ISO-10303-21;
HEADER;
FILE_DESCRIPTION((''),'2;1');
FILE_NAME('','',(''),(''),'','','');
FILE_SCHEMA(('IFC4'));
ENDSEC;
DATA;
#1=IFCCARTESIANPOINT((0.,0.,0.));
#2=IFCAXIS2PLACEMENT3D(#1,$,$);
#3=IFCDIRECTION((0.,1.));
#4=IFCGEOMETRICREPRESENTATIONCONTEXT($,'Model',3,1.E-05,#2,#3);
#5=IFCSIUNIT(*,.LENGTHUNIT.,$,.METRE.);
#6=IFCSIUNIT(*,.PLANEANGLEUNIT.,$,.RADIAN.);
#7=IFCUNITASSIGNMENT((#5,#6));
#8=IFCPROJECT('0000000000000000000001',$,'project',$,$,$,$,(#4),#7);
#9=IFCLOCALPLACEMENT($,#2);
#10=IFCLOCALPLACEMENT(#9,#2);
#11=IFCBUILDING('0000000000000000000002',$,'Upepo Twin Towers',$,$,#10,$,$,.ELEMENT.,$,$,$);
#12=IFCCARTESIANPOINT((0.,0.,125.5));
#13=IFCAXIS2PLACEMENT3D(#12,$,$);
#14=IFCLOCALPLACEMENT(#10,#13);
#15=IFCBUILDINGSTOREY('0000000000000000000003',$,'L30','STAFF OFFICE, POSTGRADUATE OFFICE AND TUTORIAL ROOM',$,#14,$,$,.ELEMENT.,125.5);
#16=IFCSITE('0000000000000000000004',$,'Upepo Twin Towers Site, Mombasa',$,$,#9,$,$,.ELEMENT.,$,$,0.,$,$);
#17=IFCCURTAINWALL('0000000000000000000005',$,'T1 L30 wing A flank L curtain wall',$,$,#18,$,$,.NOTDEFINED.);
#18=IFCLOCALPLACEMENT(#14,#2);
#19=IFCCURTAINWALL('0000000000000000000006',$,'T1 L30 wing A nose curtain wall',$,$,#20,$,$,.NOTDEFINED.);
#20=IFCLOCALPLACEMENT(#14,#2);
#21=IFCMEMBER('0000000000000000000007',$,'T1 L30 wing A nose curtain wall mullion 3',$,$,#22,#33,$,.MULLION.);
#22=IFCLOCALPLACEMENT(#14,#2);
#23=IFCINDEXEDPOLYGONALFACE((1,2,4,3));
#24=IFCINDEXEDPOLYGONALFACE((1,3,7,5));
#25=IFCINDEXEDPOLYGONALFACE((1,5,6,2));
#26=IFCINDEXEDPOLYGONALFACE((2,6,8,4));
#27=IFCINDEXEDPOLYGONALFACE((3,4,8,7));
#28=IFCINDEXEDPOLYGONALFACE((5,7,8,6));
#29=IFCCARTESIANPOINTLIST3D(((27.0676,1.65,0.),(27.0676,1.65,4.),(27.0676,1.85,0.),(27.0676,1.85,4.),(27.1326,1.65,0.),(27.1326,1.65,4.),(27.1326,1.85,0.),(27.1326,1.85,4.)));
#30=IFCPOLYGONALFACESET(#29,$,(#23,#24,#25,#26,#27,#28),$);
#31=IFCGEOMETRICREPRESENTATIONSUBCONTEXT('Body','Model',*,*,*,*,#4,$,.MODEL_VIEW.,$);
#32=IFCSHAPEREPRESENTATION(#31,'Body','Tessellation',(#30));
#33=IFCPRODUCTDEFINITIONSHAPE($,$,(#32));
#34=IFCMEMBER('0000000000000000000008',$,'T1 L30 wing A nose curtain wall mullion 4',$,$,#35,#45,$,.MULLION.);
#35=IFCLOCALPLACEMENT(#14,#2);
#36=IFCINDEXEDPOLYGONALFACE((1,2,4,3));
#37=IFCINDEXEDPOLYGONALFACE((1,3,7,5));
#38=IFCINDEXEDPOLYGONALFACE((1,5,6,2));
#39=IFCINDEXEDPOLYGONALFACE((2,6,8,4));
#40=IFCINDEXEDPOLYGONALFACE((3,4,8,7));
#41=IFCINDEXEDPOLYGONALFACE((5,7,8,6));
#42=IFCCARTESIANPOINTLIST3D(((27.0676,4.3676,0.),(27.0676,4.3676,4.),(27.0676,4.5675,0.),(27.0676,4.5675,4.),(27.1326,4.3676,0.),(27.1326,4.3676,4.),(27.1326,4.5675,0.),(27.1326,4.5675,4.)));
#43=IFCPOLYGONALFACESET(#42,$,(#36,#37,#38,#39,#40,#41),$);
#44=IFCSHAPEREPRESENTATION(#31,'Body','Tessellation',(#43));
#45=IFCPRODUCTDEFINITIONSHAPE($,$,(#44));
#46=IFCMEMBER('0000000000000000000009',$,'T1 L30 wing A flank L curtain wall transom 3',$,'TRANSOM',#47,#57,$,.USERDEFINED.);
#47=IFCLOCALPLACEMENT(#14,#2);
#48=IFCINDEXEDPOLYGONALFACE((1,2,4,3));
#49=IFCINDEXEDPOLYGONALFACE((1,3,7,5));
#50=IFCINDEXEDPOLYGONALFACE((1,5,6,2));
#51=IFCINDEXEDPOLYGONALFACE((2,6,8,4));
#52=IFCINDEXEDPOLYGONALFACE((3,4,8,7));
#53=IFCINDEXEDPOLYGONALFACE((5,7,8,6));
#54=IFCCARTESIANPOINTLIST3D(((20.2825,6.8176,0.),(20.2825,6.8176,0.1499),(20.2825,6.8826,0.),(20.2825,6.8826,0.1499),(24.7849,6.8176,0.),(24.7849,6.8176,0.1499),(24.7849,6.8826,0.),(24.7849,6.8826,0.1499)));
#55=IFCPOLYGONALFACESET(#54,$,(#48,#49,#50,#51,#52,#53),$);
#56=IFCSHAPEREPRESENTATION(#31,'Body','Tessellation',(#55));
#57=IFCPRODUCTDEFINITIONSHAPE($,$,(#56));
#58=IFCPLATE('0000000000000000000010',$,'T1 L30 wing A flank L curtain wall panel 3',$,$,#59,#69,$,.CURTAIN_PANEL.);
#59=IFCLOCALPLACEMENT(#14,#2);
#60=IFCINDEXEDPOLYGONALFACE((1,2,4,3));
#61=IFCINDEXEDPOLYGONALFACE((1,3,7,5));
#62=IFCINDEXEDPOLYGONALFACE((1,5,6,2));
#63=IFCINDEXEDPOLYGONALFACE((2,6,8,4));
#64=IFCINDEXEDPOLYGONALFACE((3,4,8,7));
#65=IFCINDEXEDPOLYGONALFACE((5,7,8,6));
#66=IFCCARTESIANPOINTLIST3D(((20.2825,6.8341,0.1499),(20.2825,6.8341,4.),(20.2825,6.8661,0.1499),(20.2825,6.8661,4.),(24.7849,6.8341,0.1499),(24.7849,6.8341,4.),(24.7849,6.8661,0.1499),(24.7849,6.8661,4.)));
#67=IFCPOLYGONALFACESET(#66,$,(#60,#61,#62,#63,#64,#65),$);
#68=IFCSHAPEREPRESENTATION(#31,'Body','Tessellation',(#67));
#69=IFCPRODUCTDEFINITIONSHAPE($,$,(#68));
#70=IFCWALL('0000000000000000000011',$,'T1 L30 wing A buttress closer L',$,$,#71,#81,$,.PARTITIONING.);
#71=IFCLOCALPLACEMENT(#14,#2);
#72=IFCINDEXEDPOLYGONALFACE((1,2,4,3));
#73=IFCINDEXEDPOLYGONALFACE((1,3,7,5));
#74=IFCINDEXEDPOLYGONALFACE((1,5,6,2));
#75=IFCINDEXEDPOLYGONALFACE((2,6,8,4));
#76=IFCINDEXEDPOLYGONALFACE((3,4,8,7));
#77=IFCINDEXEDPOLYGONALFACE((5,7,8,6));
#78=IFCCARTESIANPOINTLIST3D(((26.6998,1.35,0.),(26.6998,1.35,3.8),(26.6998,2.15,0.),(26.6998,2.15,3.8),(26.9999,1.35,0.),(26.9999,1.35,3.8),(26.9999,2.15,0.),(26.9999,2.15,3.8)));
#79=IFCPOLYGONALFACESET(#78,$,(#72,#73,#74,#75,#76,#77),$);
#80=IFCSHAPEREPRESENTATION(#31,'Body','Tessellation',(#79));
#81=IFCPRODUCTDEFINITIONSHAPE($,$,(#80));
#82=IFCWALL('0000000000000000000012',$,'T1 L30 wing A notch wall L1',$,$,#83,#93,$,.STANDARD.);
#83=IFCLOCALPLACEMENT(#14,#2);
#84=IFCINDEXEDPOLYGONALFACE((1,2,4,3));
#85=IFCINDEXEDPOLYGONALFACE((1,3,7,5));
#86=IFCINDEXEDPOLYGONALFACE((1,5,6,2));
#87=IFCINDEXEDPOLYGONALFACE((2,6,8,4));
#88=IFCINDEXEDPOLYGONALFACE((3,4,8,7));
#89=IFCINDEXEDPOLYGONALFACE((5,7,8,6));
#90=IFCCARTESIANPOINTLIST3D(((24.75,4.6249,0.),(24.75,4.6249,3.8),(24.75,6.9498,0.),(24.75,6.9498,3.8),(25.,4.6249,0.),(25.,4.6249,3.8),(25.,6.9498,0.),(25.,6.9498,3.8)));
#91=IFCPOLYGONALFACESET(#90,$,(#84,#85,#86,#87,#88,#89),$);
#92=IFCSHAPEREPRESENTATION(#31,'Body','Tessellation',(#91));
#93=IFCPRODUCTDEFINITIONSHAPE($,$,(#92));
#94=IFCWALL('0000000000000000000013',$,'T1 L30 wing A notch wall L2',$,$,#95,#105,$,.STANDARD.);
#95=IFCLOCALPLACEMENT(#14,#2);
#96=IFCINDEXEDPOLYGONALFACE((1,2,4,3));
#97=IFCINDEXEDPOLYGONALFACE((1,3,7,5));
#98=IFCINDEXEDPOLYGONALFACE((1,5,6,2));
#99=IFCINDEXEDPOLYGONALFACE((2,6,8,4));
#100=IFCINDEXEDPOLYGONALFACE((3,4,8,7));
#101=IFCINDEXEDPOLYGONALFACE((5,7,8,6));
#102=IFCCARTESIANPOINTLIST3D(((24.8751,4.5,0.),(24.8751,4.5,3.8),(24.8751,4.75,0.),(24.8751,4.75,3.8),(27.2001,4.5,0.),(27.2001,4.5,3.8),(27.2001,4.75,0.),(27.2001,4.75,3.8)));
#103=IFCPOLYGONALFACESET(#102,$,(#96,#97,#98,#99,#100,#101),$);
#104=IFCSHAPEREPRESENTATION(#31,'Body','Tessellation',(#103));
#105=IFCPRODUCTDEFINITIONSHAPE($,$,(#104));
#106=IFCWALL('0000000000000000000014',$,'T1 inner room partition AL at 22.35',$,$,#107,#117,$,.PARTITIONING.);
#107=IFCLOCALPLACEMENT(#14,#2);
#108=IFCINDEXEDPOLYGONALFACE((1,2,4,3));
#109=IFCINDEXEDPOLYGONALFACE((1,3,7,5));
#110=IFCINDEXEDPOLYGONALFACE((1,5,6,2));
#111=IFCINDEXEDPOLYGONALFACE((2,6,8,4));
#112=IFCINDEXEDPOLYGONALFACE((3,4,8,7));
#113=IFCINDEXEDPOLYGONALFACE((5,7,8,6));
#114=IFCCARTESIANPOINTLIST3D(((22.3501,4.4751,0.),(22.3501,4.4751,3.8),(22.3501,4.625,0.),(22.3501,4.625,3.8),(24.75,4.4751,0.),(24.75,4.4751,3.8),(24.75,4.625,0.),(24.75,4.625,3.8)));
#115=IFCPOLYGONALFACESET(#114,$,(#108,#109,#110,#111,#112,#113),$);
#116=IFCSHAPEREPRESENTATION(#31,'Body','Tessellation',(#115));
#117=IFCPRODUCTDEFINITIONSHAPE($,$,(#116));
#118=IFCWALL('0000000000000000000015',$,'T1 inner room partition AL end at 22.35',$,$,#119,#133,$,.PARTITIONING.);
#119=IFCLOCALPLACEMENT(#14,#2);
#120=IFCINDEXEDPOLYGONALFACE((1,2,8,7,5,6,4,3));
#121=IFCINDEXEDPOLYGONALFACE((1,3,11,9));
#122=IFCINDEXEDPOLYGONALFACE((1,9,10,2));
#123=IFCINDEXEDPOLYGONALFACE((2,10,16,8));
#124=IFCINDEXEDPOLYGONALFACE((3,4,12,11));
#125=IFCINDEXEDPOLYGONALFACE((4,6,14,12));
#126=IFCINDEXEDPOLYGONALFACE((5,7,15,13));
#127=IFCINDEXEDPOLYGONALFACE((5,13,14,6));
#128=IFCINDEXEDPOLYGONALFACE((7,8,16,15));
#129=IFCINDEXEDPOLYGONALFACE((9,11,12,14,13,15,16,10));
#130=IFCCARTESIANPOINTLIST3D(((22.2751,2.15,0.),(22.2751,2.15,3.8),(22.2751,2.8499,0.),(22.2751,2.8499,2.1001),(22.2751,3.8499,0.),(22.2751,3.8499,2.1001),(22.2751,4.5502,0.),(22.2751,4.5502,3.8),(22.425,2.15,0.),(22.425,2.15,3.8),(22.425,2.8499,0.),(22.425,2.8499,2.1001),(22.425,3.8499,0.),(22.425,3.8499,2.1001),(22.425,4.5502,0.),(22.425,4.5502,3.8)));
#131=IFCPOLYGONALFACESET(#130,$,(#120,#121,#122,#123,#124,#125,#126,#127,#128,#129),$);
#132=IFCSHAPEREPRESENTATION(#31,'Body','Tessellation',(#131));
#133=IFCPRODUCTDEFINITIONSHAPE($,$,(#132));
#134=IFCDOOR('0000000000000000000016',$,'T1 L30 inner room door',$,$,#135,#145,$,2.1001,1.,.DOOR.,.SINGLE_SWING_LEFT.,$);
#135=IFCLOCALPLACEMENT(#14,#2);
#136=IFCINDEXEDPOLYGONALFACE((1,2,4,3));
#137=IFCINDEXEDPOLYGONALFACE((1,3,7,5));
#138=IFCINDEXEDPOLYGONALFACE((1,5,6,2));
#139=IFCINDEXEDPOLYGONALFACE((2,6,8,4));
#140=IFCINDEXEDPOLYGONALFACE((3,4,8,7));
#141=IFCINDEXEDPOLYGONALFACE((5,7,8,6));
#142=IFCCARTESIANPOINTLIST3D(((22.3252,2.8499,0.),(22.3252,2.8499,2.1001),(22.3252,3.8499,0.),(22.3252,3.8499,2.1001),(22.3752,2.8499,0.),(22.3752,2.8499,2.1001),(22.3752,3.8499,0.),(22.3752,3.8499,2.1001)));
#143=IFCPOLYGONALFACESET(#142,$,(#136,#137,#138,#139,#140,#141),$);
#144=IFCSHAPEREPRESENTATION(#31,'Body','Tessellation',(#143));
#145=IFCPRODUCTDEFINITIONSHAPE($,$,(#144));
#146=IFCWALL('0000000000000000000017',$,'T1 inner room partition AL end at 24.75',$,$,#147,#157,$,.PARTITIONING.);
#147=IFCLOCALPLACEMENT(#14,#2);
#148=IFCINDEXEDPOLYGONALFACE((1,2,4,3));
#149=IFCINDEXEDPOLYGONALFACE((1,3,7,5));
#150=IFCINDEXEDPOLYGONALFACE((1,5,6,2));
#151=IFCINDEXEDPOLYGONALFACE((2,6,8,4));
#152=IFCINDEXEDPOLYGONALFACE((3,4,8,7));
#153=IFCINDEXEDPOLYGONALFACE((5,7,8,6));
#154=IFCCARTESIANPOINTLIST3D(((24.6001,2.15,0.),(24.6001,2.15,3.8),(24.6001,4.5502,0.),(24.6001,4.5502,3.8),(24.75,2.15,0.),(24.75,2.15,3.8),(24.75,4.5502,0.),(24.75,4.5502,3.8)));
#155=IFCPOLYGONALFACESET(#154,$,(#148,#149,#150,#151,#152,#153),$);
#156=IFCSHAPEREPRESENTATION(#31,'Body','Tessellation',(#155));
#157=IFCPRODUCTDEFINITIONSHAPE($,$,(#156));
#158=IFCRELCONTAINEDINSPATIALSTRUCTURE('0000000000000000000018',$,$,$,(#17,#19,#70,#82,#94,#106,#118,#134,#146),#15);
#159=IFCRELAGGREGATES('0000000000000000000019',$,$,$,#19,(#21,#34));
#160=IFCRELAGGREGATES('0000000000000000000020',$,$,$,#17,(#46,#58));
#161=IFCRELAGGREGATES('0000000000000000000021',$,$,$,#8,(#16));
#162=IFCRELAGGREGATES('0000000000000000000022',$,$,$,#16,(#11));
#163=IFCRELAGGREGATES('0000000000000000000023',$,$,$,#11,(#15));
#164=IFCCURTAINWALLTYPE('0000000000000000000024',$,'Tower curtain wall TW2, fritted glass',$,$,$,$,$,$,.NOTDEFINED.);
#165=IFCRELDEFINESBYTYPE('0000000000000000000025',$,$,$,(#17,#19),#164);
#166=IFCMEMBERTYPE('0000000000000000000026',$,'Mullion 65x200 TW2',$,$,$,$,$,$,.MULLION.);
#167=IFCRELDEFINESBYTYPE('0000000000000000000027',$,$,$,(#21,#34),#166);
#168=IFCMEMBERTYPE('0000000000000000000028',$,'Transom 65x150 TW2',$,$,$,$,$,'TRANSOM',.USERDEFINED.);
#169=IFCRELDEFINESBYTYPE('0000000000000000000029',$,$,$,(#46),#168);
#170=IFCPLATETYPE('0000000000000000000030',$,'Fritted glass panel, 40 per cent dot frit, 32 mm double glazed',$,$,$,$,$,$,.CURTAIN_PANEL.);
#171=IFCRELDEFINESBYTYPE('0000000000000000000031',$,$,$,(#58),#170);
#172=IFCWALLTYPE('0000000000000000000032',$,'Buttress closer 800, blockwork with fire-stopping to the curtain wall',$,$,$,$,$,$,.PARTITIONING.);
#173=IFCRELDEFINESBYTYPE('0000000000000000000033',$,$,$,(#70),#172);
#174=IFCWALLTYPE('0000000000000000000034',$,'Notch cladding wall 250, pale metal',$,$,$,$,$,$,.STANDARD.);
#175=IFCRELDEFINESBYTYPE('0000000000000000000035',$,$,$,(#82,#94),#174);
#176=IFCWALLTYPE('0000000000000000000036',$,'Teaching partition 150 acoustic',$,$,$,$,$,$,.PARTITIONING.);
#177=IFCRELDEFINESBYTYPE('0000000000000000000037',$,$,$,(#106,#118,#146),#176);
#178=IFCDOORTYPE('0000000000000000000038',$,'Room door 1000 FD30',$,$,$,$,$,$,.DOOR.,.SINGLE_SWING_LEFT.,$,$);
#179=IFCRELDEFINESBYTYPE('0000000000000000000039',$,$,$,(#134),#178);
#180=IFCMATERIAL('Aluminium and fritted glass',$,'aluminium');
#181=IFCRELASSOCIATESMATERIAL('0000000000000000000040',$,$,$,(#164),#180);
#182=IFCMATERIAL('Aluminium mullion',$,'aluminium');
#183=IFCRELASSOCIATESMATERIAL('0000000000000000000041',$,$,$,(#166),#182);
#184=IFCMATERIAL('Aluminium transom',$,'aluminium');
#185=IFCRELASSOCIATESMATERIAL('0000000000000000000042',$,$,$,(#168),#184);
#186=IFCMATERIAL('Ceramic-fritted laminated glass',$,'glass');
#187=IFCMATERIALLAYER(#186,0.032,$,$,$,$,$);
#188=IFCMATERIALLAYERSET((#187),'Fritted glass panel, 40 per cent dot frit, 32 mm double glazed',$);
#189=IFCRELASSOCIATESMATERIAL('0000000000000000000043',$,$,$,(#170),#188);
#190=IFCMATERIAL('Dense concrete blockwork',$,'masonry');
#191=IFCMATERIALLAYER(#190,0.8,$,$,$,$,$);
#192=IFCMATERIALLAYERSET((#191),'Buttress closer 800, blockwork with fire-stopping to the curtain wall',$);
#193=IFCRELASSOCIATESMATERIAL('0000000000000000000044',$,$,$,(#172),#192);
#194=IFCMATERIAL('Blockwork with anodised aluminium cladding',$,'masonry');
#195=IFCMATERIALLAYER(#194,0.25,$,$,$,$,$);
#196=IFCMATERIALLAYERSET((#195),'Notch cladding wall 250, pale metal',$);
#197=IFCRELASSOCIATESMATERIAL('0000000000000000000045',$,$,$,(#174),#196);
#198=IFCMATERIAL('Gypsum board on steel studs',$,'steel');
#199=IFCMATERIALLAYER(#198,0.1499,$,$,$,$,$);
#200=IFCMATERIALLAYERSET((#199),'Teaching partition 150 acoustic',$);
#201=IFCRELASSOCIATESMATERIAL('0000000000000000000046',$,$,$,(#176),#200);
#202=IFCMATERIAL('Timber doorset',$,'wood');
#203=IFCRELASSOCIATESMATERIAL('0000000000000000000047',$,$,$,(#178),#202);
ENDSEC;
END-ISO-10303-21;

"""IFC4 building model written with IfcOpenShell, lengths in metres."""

from ifc_helpers import new_model, si_unit, direction, frame, frame_2d, origin, origin_2d, place, context, subcontext, project, spatial, rectangle, extrude, material, layer, layer_set, material_profile, profile_set, type_object, element, fill, aggregate, save


model = new_model("IFC4")

# Units and contexts
model_context = context("Model", 3, precision=1e-05, world=origin(), true_north=direction((0.0, 1.0)))
body_context = subcontext(model_context, "Body", "Model", "MODEL_VIEW")
ifc_project = project(units=[si_unit("LENGTHUNIT", "METRE"), si_unit("PLANEANGLEUNIT", "RADIAN")], contexts=[model_context])

# Site, building, storey
site_placement = place(None, origin())
site = spatial("IfcSite", under=ifc_project, at=site_placement, Name="Upepo Twin Towers Site, Mombasa", CompositionType="ELEMENT", RefElevation=0.0)
building_placement = place(site_placement, origin())
building = spatial("IfcBuilding", under=site, at=building_placement, Name="Upepo Twin Towers", CompositionType="ELEMENT")
storey_placement = place(building_placement, frame((0.0, 0.0, 125.5)))
storey = spatial("IfcBuildingStorey", under=building, at=storey_placement, Name="L30", Description="STAFF OFFICE, POSTGRADUATE OFFICE AND TUTORIAL ROOM", CompositionType="ELEMENT", Elevation=125.5)

# Curtain wall
ifc_material_1 = material(Name="Aluminium and fritted glass", Category="aluminium")
curtain_wall_type = type_object("IfcCurtainWallType", Name="Tower curtain wall TW2, fritted glass", PredefinedType="NOTDEFINED", material=ifc_material_1)
curtain_wall_1_placement = place(storey_placement, origin())
curtain_wall_1 = element("IfcCurtainWall", 1, at=curtain_wall_1_placement, inside=storey, type_object=curtain_wall_type, Name="T1 L30 wing A flank L curtain wall", PredefinedType="NOTDEFINED")
ifc_material_2 = material(Name="Aluminium mullion", Category="aluminium")
ifc_material_profile_1 = material_profile(ifc_material_2, rectangle(XDim=0.0649, YDim=0.2, at=origin_2d()), Name="MULLION 65x200")
ifc_profile_set_1 = profile_set([ifc_material_profile_1], Name="Aluminium mullion")
member_type_1 = type_object("IfcMemberType", Name="Mullion 65x200 TW2", PredefinedType="MULLION", material=ifc_profile_set_1)

# Curtain wall, members
curtain_wall_2_placement = place(storey_placement, origin())
curtain_wall_2 = element("IfcCurtainWall", 2, at=curtain_wall_2_placement, inside=storey, type_object=curtain_wall_type, Name="T1 L30 wing A nose curtain wall", PredefinedType="NOTDEFINED")
member_1_placement = place(storey_placement, frame((27.1001, 1.75, 0.0), z_axis=(0.0, 0.0, 1.0), x_axis=(-1.0, 0.0, 0.0)))
member_1 = element("IfcMember", 3, at=member_1_placement, type_object=member_type_1, Name="T1 L30 wing A nose curtain wall mullion 3", PredefinedType="MULLION", context=body_context, shape_type="SweptSolid", body=[
    extrude(rectangle(XDim=0.0649, YDim=0.2, at=origin_2d()), origin(), (0.0, 0.0, 1.0), 4.0),
])
member_2_placement = place(storey_placement, frame((27.1001, 4.4675, 0.0), z_axis=(0.0, 0.0, 1.0), x_axis=(-1.0, 0.0, 0.0)))
member_2 = element("IfcMember", 4, at=member_2_placement, type_object=member_type_1, Name="T1 L30 wing A nose curtain wall mullion 4", PredefinedType="MULLION", context=body_context, shape_type="SweptSolid", body=[
    extrude(rectangle(XDim=0.0649, YDim=0.2, at=origin_2d()), origin(), (0.0, 0.0, 1.0), 4.0),
])
aggregate(curtain_wall_2, [member_1, member_2])

# Member
ifc_material_3 = material(Name="Aluminium transom", Category="aluminium")
ifc_material_profile_2 = material_profile(ifc_material_3, rectangle(XDim=0.0649, YDim=0.1499, at=origin_2d()), Name="TRANSOM 65x150")
ifc_profile_set_2 = profile_set([ifc_material_profile_2], Name="Aluminium transom")
member_type_2 = type_object("IfcMemberType", Name="Transom 65x150 TW2", ElementType="TRANSOM", PredefinedType="USERDEFINED", material=ifc_profile_set_2)
member_3_placement = place(storey_placement, frame((20.2825, 6.8501, 0.075), z_axis=(1.0, 0.0, 0.0), x_axis=(0.0, 1.0, 0.0)))
member_3 = element("IfcMember", 5, at=member_3_placement, type_object=member_type_2, Name="T1 L30 wing A flank L curtain wall transom 3", ObjectType="TRANSOM", PredefinedType="USERDEFINED", context=body_context, shape_type="SweptSolid", body=[
    extrude(rectangle(XDim=0.0649, YDim=0.1499, at=origin_2d()), origin(), (0.0, 0.0, 1.0), 4.5024),
])

# Plate
ifc_material_4 = material(Name="Ceramic-fritted laminated glass", Category="glass")
ifc_layer_1 = layer(ifc_material_4, 0.032)
ifc_layer_set_1 = layer_set([ifc_layer_1], Name="Fritted glass panel, 40 per cent dot frit, 32 mm double glazed")
plate_type = type_object("IfcPlateType", Name="Fritted glass panel, 40 per cent dot frit, 32 mm double glazed", PredefinedType="CURTAIN_PANEL", material=ifc_layer_set_1)
plate_placement = place(storey_placement, frame((22.5337, 6.8501, 0.1499), z_axis=(0.0, 0.0, 1.0), x_axis=(1.0, 0.0, 0.0)))
plate = element("IfcPlate", 6, at=plate_placement, type_object=plate_type, Name="T1 L30 wing A flank L curtain wall panel 3", PredefinedType="CURTAIN_PANEL", context=body_context, shape_type="SweptSolid", body=[
    extrude(rectangle(XDim=4.5024, YDim=0.032, at=origin_2d()), origin(), (0.0, 0.0, 1.0), 3.8501),
])
aggregate(curtain_wall_1, [member_3, plate])

# Walls
ifc_material_5 = material(Name="Dense concrete blockwork", Category="masonry")
ifc_layer_2 = layer(ifc_material_5, 0.8)
ifc_layer_set_2 = layer_set([ifc_layer_2], Name="Buttress closer 800, blockwork with fire-stopping to the curtain wall")
wall_type_1 = type_object("IfcWallType", Name="Buttress closer 800, blockwork with fire-stopping to the curtain wall", PredefinedType="PARTITIONING", material=ifc_layer_set_2)
wall_1_placement = place(storey_placement, frame((26.7, 1.75, 0.0), z_axis=(0.0, 0.0, 1.0), x_axis=(1.0, 0.0, 0.0)))
element("IfcWall", 7, at=wall_1_placement, inside=storey, type_object=wall_type_1, Name="T1 L30 wing A buttress closer L", PredefinedType="PARTITIONING", context=body_context, shape_type="SweptSolid", body=[
    extrude(rectangle(XDim=0.3, YDim=0.8, at=frame_2d((0.1499, 0.0))), origin(), (0.0, 0.0, 1.0), 3.8),
])
ifc_material_6 = material(Name="Blockwork with anodised aluminium cladding", Category="masonry")
ifc_layer_3 = layer(ifc_material_6, 0.25)
ifc_layer_set_3 = layer_set([ifc_layer_3], Name="Notch cladding wall 250, pale metal")
wall_type_2 = type_object("IfcWallType", Name="Notch cladding wall 250, pale metal", PredefinedType="STANDARD", material=ifc_layer_set_3)
for number, where, z_axis, x_axis, name in (
    (8, (24.875, 6.95, 0.0), (0.0, 0.0, 1.0), (0.0, -1.0, 0.0), "T1 L30 wing A notch wall L1"),
    (9, (24.875, 4.625, 0.0), (0.0, 0.0, 1.0), (1.0, 0.0, 0.0), "T1 L30 wing A notch wall L2"),
):
    element("IfcWall", number, at=place(storey_placement, frame(where, z_axis=z_axis, x_axis=x_axis)), inside=storey, type_object=wall_type_2, Name=name, PredefinedType="STANDARD", context=body_context, shape_type="SweptSolid", body=[
        extrude(rectangle(XDim=2.325, YDim=0.25, at=frame_2d((1.1626, 0.0))), origin(), (0.0, 0.0, 1.0), 3.8),
    ])
ifc_material_7 = material(Name="Gypsum board on steel studs", Category="steel")
ifc_layer_4 = layer(ifc_material_7, 0.1499)
ifc_layer_set_4 = layer_set([ifc_layer_4], Name="Teaching partition 150 acoustic")
wall_type_3 = type_object("IfcWallType", Name="Teaching partition 150 acoustic", PredefinedType="PARTITIONING", material=ifc_layer_set_4)
wall_2_placement = place(storey_placement, frame((22.3501, 4.55, 0.0), z_axis=(0.0, 0.0, 1.0), x_axis=(1.0, 0.0, 0.0)))
element("IfcWall", 10, at=wall_2_placement, inside=storey, type_object=wall_type_3, Name="T1 inner room partition AL at 22.35", PredefinedType="PARTITIONING", context=body_context, shape_type="SweptSolid", body=[
    extrude(rectangle(XDim=2.3999, YDim=0.1499, at=frame_2d((1.2, 0.0))), origin(), (0.0, 0.0, 1.0), 3.8),
])

# Wall, opening, door
wall_3_placement = place(storey_placement, frame((22.3501, 2.1499, 0.0), z_axis=(0.0, 0.0, 1.0), x_axis=(0.0, 1.0, 0.0)))
wall_3 = element("IfcWall", 11, at=wall_3_placement, inside=storey, type_object=wall_type_3, Name="T1 inner room partition AL end at 22.35", PredefinedType="PARTITIONING", context=body_context, shape_type="SweptSolid", body=[
    extrude(rectangle(XDim=2.4001, YDim=0.1499, at=frame_2d((1.2002, 0.0))), origin(), (0.0, 0.0, 1.0), 3.8),
])
opening_placement = place(wall_3_placement, frame((0.7, 0.0, 0.0)))
opening = element("IfcOpeningElement", 12, at=opening_placement, cuts=wall_3, PredefinedType="OPENING", context=body_context, shape_type="SweptSolid", body=[
    extrude(rectangle(XDim=1.0, YDim=2.1001, at=frame_2d((0.5, 1.05))), frame((0.0, 0.085, 0.0), z_axis=(0.0, -1.0, 0.0), x_axis=(1.0, 0.0, 0.0)), (0.0, 0.0, 1.0), 0.1699),
])
ifc_material_8 = material(Name="Timber doorset", Category="wood")
door_type = type_object("IfcDoorType", Name="Room door 1000 FD30", OperationType="SINGLE_SWING_LEFT", PredefinedType="DOOR", material=ifc_material_8)
door_placement = place(opening_placement, origin())
door = element("IfcDoor", 13, at=door_placement, inside=storey, type_object=door_type, Name="T1 L30 inner room door", OperationType="SINGLE_SWING_LEFT", OverallHeight=2.1001, OverallWidth=1.0, PredefinedType="DOOR", context=body_context, shape_type="SweptSolid", body=[
    extrude(rectangle(XDim=1.0, YDim=2.1001, at=frame_2d((0.5, 1.05))), frame((0.0, 0.0249, 0.0), z_axis=(0.0, -1.0, 0.0), x_axis=(1.0, 0.0, 0.0)), (0.0, 0.0, 1.0), 0.05),
])
fill(opening, door)

# Wall
wall_4_placement = place(storey_placement, frame((24.675, 2.1499, 0.0), z_axis=(0.0, 0.0, 1.0), x_axis=(0.0, 1.0, 0.0)))
element("IfcWall", 14, at=wall_4_placement, inside=storey, type_object=wall_type_3, Name="T1 inner room partition AL end at 24.75", PredefinedType="PARTITIONING", context=body_context, shape_type="SweptSolid", body=[
    extrude(rectangle(XDim=2.4001, YDim=0.1499, at=frame_2d((1.2002, 0.0))), origin(), (0.0, 0.0, 1.0), 3.8),
])

save(model, "model.ifc")
